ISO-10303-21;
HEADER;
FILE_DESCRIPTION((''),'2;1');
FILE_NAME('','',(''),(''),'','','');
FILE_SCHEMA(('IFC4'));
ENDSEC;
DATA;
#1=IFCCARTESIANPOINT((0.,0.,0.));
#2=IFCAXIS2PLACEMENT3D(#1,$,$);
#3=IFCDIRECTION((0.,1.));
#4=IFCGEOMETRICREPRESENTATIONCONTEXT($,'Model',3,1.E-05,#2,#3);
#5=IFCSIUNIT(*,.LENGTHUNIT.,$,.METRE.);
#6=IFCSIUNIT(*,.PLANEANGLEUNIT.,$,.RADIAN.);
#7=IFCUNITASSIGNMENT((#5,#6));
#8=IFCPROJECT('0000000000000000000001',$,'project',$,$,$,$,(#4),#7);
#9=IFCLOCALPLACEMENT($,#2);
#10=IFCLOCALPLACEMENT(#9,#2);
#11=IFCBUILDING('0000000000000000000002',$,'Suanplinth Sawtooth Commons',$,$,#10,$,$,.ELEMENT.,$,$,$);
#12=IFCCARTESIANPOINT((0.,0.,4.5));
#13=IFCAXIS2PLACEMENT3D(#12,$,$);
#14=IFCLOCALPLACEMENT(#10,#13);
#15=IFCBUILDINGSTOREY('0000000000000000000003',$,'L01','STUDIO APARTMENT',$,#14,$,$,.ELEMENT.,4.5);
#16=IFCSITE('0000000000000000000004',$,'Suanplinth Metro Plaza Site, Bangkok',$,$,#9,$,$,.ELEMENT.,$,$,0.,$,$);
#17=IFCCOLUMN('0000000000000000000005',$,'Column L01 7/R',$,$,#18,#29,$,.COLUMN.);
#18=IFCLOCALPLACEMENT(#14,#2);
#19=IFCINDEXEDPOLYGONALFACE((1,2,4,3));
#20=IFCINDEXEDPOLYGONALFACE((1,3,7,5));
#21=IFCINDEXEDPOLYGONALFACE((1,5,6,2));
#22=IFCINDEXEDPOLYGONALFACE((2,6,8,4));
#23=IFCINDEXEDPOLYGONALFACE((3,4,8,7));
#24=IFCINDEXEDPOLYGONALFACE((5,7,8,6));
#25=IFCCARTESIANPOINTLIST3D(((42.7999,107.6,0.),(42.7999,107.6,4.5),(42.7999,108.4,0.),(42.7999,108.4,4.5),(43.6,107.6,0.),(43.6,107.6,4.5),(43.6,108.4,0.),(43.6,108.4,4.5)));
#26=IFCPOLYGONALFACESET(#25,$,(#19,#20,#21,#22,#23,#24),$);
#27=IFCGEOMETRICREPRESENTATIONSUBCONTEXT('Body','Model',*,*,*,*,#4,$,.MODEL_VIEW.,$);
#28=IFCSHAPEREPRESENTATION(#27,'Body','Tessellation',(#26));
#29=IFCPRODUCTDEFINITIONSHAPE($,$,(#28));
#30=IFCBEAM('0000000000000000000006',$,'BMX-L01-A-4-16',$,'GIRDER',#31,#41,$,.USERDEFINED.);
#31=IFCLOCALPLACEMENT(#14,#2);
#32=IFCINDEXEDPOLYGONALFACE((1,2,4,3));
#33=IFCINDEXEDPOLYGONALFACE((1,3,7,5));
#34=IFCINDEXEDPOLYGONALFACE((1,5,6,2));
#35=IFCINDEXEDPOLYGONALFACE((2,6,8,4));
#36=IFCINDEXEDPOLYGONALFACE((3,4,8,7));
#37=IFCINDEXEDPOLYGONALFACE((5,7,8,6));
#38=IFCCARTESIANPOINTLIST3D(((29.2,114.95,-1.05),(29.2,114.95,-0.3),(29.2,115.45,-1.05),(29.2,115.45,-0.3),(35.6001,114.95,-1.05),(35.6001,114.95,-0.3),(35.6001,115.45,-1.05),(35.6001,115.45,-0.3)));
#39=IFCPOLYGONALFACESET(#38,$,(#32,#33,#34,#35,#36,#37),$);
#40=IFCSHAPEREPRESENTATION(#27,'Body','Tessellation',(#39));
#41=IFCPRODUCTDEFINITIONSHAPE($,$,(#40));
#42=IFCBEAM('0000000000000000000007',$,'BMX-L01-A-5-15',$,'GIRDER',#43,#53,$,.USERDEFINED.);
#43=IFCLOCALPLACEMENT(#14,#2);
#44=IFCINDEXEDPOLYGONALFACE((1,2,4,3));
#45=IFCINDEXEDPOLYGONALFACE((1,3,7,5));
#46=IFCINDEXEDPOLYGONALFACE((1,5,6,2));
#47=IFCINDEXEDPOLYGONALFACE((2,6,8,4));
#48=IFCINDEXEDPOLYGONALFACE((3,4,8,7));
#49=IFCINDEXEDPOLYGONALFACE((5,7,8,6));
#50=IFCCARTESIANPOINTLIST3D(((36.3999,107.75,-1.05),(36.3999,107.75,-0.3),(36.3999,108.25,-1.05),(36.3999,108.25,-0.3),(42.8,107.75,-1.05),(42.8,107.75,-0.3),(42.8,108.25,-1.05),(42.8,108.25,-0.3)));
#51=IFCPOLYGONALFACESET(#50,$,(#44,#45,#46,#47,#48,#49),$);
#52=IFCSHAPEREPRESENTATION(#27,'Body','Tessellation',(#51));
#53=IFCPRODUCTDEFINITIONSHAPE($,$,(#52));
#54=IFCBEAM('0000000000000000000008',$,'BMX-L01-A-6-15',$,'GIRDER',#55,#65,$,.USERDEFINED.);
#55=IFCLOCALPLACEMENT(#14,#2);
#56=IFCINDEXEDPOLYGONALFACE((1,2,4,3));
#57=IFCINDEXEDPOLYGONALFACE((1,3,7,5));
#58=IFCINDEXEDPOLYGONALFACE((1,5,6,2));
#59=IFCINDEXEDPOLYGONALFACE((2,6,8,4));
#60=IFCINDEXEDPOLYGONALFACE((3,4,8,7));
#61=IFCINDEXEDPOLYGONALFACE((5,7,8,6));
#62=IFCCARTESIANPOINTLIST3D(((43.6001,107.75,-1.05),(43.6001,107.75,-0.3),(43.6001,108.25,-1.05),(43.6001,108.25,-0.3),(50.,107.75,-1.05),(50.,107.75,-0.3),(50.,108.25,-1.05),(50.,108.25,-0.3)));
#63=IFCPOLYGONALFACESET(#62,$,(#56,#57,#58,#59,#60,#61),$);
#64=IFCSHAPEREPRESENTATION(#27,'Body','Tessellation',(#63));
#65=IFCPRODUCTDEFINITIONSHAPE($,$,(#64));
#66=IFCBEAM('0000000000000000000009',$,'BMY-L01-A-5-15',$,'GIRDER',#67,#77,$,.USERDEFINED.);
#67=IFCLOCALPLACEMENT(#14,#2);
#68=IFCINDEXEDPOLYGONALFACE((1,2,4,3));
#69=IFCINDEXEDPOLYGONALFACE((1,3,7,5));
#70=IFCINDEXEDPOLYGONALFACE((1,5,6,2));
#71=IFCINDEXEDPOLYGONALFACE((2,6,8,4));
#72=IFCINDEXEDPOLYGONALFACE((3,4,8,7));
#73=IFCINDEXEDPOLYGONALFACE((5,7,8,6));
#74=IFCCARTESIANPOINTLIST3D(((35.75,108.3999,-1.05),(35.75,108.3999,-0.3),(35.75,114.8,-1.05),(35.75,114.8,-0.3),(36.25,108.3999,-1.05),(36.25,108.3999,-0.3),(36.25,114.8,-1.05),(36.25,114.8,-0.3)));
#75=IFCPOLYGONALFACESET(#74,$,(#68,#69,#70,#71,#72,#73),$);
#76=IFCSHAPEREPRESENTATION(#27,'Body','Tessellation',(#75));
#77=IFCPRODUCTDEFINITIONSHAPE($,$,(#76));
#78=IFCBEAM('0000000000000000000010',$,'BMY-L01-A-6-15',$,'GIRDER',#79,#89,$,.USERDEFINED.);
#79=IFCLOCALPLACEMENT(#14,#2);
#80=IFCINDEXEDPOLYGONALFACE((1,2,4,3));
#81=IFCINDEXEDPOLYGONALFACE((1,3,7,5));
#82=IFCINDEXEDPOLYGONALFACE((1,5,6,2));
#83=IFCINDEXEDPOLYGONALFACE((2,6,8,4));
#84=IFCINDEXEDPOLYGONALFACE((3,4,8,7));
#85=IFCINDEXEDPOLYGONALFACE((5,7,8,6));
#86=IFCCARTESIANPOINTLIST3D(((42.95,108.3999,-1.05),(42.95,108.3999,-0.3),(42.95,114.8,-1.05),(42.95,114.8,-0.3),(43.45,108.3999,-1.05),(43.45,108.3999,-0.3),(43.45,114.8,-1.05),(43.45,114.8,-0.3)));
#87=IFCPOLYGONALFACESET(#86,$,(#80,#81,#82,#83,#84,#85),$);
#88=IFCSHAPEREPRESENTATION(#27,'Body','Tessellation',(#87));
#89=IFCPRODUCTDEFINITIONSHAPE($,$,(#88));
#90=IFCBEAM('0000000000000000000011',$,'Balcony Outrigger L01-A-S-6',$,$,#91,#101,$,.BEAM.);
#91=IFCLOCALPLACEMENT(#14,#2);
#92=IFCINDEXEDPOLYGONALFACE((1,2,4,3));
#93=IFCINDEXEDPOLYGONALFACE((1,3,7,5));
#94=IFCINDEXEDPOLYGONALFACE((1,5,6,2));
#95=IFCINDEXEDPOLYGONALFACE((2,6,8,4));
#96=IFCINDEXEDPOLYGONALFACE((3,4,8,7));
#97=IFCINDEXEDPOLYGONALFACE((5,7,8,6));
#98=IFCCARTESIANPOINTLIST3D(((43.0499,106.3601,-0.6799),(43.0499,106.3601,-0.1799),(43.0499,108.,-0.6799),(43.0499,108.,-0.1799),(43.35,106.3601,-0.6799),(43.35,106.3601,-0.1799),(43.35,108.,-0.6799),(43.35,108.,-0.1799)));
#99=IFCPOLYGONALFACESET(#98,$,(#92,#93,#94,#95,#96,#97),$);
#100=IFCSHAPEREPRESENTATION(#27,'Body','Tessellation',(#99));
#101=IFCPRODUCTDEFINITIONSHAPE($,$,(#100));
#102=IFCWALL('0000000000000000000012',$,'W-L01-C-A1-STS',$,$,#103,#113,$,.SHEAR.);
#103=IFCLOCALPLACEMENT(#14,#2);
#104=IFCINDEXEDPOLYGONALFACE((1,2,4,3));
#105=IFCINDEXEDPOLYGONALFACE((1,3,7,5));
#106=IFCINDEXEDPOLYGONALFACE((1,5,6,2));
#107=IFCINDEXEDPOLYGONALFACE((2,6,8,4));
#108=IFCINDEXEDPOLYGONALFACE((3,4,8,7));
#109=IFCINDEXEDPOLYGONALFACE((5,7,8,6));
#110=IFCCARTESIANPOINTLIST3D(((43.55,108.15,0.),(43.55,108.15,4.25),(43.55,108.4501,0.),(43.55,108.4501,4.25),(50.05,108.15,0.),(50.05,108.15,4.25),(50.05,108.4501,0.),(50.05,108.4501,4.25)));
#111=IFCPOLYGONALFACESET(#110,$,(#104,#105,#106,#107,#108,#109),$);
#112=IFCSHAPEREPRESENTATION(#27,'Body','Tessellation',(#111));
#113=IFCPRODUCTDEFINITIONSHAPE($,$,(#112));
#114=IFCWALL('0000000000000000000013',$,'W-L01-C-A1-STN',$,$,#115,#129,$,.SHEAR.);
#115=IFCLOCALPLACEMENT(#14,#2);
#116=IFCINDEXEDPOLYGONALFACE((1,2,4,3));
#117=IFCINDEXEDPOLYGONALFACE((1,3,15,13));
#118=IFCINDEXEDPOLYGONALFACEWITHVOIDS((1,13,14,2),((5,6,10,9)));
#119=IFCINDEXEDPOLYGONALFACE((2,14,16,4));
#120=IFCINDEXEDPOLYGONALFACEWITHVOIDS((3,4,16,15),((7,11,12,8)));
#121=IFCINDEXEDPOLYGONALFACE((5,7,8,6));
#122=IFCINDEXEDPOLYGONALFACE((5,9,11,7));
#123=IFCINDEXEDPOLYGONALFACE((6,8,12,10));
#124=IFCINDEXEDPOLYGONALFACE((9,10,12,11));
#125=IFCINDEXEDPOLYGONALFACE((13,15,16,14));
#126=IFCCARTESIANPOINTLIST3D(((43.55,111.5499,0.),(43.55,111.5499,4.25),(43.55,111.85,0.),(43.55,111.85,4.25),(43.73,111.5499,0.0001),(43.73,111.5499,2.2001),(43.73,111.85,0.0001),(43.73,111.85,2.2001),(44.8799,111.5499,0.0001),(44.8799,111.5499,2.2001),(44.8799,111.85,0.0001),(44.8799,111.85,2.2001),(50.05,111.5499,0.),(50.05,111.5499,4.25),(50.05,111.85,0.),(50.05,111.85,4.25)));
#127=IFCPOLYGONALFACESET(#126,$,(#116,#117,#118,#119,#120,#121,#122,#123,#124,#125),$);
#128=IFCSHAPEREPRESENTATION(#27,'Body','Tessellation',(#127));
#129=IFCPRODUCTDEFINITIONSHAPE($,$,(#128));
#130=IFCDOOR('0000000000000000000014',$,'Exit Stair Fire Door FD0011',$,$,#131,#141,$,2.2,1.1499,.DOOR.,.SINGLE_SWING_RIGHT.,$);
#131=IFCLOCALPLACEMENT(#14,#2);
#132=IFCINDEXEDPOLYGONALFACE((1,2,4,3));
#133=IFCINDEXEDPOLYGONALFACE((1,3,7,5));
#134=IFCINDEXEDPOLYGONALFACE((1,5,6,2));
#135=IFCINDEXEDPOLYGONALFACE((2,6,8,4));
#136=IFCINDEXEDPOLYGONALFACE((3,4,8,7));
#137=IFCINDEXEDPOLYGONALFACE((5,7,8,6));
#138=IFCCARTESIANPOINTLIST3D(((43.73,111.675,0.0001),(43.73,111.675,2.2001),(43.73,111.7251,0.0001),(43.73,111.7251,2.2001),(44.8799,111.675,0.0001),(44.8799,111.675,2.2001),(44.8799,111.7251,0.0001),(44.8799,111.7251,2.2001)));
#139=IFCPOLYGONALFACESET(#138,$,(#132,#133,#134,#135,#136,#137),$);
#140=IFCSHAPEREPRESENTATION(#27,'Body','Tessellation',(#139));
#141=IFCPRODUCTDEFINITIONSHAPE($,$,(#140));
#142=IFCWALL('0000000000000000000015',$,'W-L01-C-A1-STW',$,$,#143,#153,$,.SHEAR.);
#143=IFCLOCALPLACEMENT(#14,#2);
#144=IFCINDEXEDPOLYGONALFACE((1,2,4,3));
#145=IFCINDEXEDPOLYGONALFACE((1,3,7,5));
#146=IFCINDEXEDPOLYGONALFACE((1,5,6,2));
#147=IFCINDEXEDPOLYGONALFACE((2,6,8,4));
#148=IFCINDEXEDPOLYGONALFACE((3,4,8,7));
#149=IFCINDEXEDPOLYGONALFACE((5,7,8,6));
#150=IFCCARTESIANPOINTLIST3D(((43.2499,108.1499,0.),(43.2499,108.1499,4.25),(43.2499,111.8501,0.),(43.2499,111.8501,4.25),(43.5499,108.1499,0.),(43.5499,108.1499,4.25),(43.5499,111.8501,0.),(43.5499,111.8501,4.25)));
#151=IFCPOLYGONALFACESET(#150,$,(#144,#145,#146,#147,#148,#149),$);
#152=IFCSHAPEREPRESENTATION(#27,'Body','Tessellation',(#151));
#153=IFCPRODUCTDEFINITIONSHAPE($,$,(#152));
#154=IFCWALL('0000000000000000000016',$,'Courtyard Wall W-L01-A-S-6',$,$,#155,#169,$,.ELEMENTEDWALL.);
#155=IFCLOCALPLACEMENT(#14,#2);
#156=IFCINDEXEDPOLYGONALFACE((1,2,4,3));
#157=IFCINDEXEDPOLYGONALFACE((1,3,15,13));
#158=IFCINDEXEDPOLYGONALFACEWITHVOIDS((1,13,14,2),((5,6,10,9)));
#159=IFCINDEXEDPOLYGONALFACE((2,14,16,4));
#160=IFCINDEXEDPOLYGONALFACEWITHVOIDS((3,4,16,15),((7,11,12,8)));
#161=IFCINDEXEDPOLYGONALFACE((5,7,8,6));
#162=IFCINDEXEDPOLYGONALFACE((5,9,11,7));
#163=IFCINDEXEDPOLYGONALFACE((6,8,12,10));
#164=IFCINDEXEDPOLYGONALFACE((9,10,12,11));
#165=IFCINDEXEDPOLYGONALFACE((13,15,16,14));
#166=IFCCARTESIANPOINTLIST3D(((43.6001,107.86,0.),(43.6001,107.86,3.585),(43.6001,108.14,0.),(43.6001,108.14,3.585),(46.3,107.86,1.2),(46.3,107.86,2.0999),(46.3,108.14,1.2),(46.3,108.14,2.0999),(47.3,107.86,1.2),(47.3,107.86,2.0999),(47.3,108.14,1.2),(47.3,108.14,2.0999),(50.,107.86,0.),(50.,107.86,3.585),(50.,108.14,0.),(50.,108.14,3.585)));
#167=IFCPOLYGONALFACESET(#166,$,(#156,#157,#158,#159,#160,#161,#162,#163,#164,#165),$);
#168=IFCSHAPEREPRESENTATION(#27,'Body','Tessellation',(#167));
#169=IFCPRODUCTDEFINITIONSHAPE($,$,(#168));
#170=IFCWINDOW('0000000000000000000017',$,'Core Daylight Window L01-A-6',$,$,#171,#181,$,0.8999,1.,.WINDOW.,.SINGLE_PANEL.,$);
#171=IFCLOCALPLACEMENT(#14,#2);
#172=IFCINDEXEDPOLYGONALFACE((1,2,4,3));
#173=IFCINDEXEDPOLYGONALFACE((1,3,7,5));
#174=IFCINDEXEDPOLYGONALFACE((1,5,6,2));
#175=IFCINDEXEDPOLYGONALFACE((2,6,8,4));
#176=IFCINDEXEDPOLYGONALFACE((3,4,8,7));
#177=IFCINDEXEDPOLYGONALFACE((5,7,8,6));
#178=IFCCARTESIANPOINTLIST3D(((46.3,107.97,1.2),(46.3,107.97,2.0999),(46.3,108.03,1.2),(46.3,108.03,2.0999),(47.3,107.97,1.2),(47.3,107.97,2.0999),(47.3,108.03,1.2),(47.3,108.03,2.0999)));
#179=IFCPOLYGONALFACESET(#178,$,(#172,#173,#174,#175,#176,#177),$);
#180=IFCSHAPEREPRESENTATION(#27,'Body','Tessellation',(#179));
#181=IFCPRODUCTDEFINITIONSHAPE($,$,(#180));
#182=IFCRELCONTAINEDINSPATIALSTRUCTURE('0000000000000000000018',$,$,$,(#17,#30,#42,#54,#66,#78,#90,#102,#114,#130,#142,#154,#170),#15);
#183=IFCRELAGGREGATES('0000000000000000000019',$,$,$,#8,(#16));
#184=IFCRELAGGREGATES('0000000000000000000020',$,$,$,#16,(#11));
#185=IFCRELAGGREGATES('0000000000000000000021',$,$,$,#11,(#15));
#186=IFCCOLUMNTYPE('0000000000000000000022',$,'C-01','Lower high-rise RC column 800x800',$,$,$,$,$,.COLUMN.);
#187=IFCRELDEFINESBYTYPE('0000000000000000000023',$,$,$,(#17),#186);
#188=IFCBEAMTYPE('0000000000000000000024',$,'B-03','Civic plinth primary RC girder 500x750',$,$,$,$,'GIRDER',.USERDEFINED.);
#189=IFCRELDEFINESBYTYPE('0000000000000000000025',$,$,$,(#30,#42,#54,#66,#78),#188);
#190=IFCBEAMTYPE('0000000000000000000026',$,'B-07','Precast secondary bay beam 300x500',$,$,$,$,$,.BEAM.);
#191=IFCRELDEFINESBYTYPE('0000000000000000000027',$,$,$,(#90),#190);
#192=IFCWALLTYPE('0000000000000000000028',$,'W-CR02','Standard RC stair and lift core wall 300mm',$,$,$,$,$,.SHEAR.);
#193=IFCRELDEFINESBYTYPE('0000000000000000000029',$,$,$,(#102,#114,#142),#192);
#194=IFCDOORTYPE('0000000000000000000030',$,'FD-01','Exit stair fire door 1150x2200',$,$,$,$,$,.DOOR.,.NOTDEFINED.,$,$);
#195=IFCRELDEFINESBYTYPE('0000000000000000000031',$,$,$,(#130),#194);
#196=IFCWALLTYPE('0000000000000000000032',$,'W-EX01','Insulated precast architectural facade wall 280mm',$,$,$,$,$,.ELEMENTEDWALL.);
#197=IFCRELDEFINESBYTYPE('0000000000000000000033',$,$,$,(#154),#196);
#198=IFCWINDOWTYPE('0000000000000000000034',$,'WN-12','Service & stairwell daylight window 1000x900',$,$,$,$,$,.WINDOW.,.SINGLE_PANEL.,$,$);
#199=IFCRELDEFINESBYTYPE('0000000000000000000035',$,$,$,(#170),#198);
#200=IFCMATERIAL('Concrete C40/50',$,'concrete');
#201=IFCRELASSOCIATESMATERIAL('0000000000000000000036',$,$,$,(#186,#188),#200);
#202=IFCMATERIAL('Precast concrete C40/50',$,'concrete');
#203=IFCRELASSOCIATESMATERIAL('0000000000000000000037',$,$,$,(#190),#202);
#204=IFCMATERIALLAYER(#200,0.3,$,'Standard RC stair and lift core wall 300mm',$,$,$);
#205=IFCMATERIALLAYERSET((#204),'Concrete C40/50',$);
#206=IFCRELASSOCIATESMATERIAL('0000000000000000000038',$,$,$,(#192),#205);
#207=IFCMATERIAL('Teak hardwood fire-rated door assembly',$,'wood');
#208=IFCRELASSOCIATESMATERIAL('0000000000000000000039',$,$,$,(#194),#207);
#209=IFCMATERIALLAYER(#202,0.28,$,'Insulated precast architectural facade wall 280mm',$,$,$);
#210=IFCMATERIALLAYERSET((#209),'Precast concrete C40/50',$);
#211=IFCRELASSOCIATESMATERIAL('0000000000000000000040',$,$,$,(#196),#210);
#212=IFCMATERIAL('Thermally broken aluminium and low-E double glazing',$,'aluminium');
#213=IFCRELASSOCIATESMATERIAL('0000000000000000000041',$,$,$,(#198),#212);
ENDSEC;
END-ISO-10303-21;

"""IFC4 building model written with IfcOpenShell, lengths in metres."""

from ifc_helpers import new_model, si_unit, direction, frame, frame_2d, origin, origin_2d, place, context, subcontext, project, spatial, rectangle, extrude, material, layer, layer_set, material_profile, profile_set, type_object, element, fill, save


model = new_model("IFC4")

# Units and contexts
model_context = context("Model", 3, precision=1e-05, world=origin(), true_north=direction((0.0, 1.0)))
body_context = subcontext(model_context, "Body", "Model", "MODEL_VIEW")
ifc_project = project(units=[si_unit("LENGTHUNIT", "METRE"), si_unit("PLANEANGLEUNIT", "RADIAN")], contexts=[model_context])

# Site, building, storey
site_placement = place(None, origin())
site = spatial("IfcSite", under=ifc_project, at=site_placement, Name="Suanplinth Metro Plaza Site, Bangkok", CompositionType="ELEMENT", RefElevation=0.0)
building_placement = place(site_placement, origin())
building = spatial("IfcBuilding", under=site, at=building_placement, Name="Suanplinth Sawtooth Commons", CompositionType="ELEMENT")
storey_placement = place(building_placement, frame((0.0, 0.0, 4.5)))
storey = spatial("IfcBuildingStorey", under=building, at=storey_placement, Name="L01", Description="STUDIO APARTMENT", CompositionType="ELEMENT", Elevation=4.5)

# Column
ifc_material_1 = material(Name="Concrete C40/50", Category="concrete")
ifc_material_profile_1 = material_profile(ifc_material_1, rectangle(XDim=0.8, YDim=0.8, at=origin_2d()), Name="RC-COL 800x800")
ifc_profile_set_1 = profile_set([ifc_material_profile_1], Name="Concrete C40/50")
column_type = type_object("IfcColumnType", Name="C-01", Description="Lower high-rise RC column 800x800", PredefinedType="COLUMN", material=ifc_profile_set_1)
column_placement = place(storey_placement, frame((43.2, 108.0, 0.0), z_axis=(0.0, 0.0, 1.0), x_axis=(1.0, 0.0, 0.0)))
element("IfcColumn", 1, at=column_placement, inside=storey, type_object=column_type, Name="Column L01 7/R", PredefinedType="COLUMN", context=body_context, shape_type="SweptSolid", body=[
    extrude(rectangle(XDim=0.8, YDim=0.8, at=origin_2d()), origin(), (0.0, 0.0, 1.0), 4.5),
])

# Beams
ifc_material_profile_2 = material_profile(ifc_material_1, rectangle(XDim=0.5, YDim=0.75, at=origin_2d()), Name="RC-GDR 500x750")
ifc_profile_set_2 = profile_set([ifc_material_profile_2], Name="Concrete C40/50")
beam_type_1 = type_object("IfcBeamType", Name="B-03", Description="Civic plinth primary RC girder 500x750", ElementType="GIRDER", PredefinedType="USERDEFINED", material=ifc_profile_set_2)
for number, where, z_axis, x_axis, name in (
    (2, (29.2, 115.2, -0.675), (1.0, 0.0, 0.0), (0.0, 1.0, 0.0), "BMX-L01-A-4-16"),
    (3, (36.3999, 108.0, -0.675), (1.0, 0.0, 0.0), (0.0, 1.0, 0.0), "BMX-L01-A-5-15"),
):
    element("IfcBeam", number, at=place(storey_placement, frame(where, z_axis=z_axis, x_axis=x_axis)), inside=storey, type_object=beam_type_1, Name=name, ObjectType="GIRDER", PredefinedType="USERDEFINED", context=body_context, shape_type="SweptSolid", body=[
        extrude(rectangle(XDim=0.5, YDim=0.75, at=origin_2d()), origin(), (0.0, 0.0, 1.0), 6.4001),
    ])
beam_1_placement = place(storey_placement, frame((43.6001, 108.0, -0.675), z_axis=(1.0, 0.0, 0.0), x_axis=(0.0, 1.0, 0.0)))
element("IfcBeam", 4, at=beam_1_placement, inside=storey, type_object=beam_type_1, Name="BMX-L01-A-6-15", ObjectType="GIRDER", PredefinedType="USERDEFINED", context=body_context, shape_type="SweptSolid", body=[
    extrude(rectangle(XDim=0.5, YDim=0.75, at=origin_2d()), origin(), (0.0, 0.0, 1.0), 6.3999),
])
for number, where, z_axis, x_axis, name in (
    (5, (36.0, 108.3999, -0.675), (0.0, 1.0, 0.0), (-1.0, 0.0, 0.0), "BMY-L01-A-5-15"),
    (6, (43.2, 108.3999, -0.675), (0.0, 1.0, 0.0), (-1.0, 0.0, 0.0), "BMY-L01-A-6-15"),
):
    element("IfcBeam", number, at=place(storey_placement, frame(where, z_axis=z_axis, x_axis=x_axis)), inside=storey, type_object=beam_type_1, Name=name, ObjectType="GIRDER", PredefinedType="USERDEFINED", context=body_context, shape_type="SweptSolid", body=[
        extrude(rectangle(XDim=0.5, YDim=0.75, at=origin_2d()), origin(), (0.0, 0.0, 1.0), 6.4001),
    ])
ifc_material_2 = material(Name="Precast concrete C40/50", Category="concrete")
ifc_material_profile_3 = material_profile(ifc_material_2, rectangle(XDim=0.3, YDim=0.5, at=origin_2d()), Name="PC-BM 300x500")
ifc_profile_set_3 = profile_set([ifc_material_profile_3], Name="Precast concrete C40/50")
beam_type_2 = type_object("IfcBeamType", Name="B-07", Description="Precast secondary bay beam 300x500", PredefinedType="BEAM", material=ifc_profile_set_3)
beam_2_placement = place(storey_placement, frame((43.2, 108.0, -0.4299), z_axis=(0.0, -1.0, 0.0), x_axis=(1.0, 0.0, 0.0)))
element("IfcBeam", 7, at=beam_2_placement, inside=storey, type_object=beam_type_2, Name="Balcony Outrigger L01-A-S-6", PredefinedType="BEAM", context=body_context, shape_type="SweptSolid", body=[
    extrude(rectangle(XDim=0.3, YDim=0.5, at=origin_2d()), origin(), (0.0, 0.0, 1.0), 1.6399),
])

# Wall
ifc_layer_1 = layer(ifc_material_1, 0.3, Name="Standard RC stair and lift core wall 300mm")
ifc_layer_set_1 = layer_set([ifc_layer_1], Name="Concrete C40/50")
wall_type_1 = type_object("IfcWallType", Name="W-CR02", Description="Standard RC stair and lift core wall 300mm", PredefinedType="SHEAR", material=ifc_layer_set_1)
wall_1_placement = place(storey_placement, frame((43.55, 108.3, 0.0), z_axis=(0.0, 0.0, 1.0), x_axis=(1.0, 0.0, 0.0)))
element("IfcWall", 8, at=wall_1_placement, inside=storey, type_object=wall_type_1, Name="W-L01-C-A1-STS", PredefinedType="SHEAR", context=body_context, shape_type="SweptSolid", body=[
    extrude(rectangle(XDim=6.5, YDim=0.3, at=frame_2d((3.25, 0.0))), origin(), (0.0, 0.0, 1.0), 4.25),
])

# Wall, opening, door
wall_2_placement = place(storey_placement, frame((43.55, 111.7, 0.0), z_axis=(0.0, 0.0, 1.0), x_axis=(1.0, 0.0, 0.0)))
wall_2 = element("IfcWall", 9, at=wall_2_placement, inside=storey, type_object=wall_type_1, Name="W-L01-C-A1-STN", PredefinedType="SHEAR", context=body_context, shape_type="SweptSolid", body=[
    extrude(rectangle(XDim=6.5, YDim=0.3, at=frame_2d((3.25, 0.0))), origin(), (0.0, 0.0, 1.0), 4.25),
])
opening_1_placement = place(wall_2_placement, frame((0.1799, 0.0, 0.0)))
opening_1 = element("IfcOpeningElement", 10, at=opening_1_placement, cuts=wall_2, PredefinedType="OPENING", context=body_context, shape_type="SweptSolid", body=[
    extrude(rectangle(XDim=1.1499, YDim=2.2, at=frame_2d((0.575, 1.1001))), frame((0.0, 0.165, 0.0), z_axis=(0.0, -1.0, 0.0), x_axis=(1.0, 0.0, 0.0)), (0.0, 0.0, 1.0), 0.3298),
])
ifc_material_3 = material(Name="Teak hardwood fire-rated door assembly", Category="wood")
door_type_1 = type_object("IfcDoorType", Name="FD-01", Description="Exit stair fire door 1150x2200", OperationType="NOTDEFINED", PredefinedType="DOOR", material=ifc_material_3)
door_1_placement = place(opening_1_placement, frame((1.1499, 0.0, 0.0), z_axis=(0.0, 0.0, 1.0), x_axis=(-1.0, 0.0, 0.0)))
door_1 = element("IfcDoor", 11, at=door_1_placement, inside=storey, type_object=door_type_1, Name="Exit Stair Fire Door FD0011", OperationType="SINGLE_SWING_RIGHT", OverallHeight=2.2, OverallWidth=1.1499, PredefinedType="DOOR", context=body_context, shape_type="SweptSolid", body=[
    extrude(rectangle(XDim=1.1499, YDim=2.2, at=frame_2d((0.575, 1.1001))), frame((0.0, 0.0249, 0.0), z_axis=(0.0, -1.0, 0.0), x_axis=(1.0, 0.0, 0.0)), (0.0, 0.0, 1.0), 0.05),
])
fill(opening_1, door_1)

# Wall
wall_3_placement = place(storey_placement, frame((43.3999, 108.1499, 0.0), z_axis=(0.0, 0.0, 1.0), x_axis=(0.0, 1.0, 0.0)))
element("IfcWall", 12, at=wall_3_placement, inside=storey, type_object=wall_type_1, Name="W-L01-C-A1-STW", PredefinedType="SHEAR", context=body_context, shape_type="SweptSolid", body=[
    extrude(rectangle(XDim=3.7002, YDim=0.3, at=frame_2d((1.8501, 0.0))), origin(), (0.0, 0.0, 1.0), 4.25),
])

# Shared definitions
ifc_layer_2 = layer(ifc_material_2, 0.28, Name="Insulated precast architectural facade wall 280mm")
ifc_layer_set_2 = layer_set([ifc_layer_2], Name="Precast concrete C40/50")
wall_type_2 = type_object("IfcWallType", Name="W-EX01", Description="Insulated precast architectural facade wall 280mm", PredefinedType="ELEMENTEDWALL", material=ifc_layer_set_2)

# Wall, opening, window
wall_4_placement = place(storey_placement, frame((43.6001, 108.0, 0.0), z_axis=(0.0, 0.0, 1.0), x_axis=(1.0, 0.0, 0.0)))
wall_4 = element("IfcWall", 13, at=wall_4_placement, inside=storey, type_object=wall_type_2, Name="Courtyard Wall W-L01-A-S-6", PredefinedType="ELEMENTEDWALL", context=body_context, shape_type="SweptSolid", body=[
    extrude(rectangle(XDim=6.3999, YDim=0.28, at=frame_2d((3.2, 0.0))), origin(), (0.0, 0.0, 1.0), 3.585),
])
opening_2_placement = place(wall_4_placement, frame((2.7, 0.0, 1.2)))
opening_2 = element("IfcOpeningElement", 14, at=opening_2_placement, cuts=wall_4, PredefinedType="OPENING", context=body_context, shape_type="SweptSolid", body=[
    extrude(rectangle(XDim=1.0, YDim=0.8999, at=frame_2d((0.5, 0.45))), frame((0.0, 0.1548, 0.0), z_axis=(0.0, -1.0, 0.0), x_axis=(1.0, 0.0, 0.0)), (0.0, 0.0, 1.0), 0.3098),
])
ifc_material_4 = material(Name="Thermally broken aluminium and low-E double glazing", Category="aluminium")
window_type = type_object("IfcWindowType", Name="WN-12", Description="Service & stairwell daylight window 1000x900", PartitioningType="SINGLE_PANEL", PredefinedType="WINDOW", material=ifc_material_4)
window_placement = place(opening_2_placement, origin())
window = element("IfcWindow", 15, at=window_placement, inside=storey, type_object=window_type, Name="Core Daylight Window L01-A-6", OverallHeight=0.8999, OverallWidth=1.0, PartitioningType="SINGLE_PANEL", PredefinedType="WINDOW", context=body_context, shape_type="SweptSolid", body=[
    extrude(rectangle(XDim=1.0, YDim=0.8999, at=frame_2d((0.5, 0.45))), frame((0.0, 0.03, 0.0), z_axis=(0.0, -1.0, 0.0), x_axis=(1.0, 0.0, 0.0)), (0.0, 0.0, 1.0), 0.0601),
])
fill(opening_2, window)

save(model, "model.ifc")
